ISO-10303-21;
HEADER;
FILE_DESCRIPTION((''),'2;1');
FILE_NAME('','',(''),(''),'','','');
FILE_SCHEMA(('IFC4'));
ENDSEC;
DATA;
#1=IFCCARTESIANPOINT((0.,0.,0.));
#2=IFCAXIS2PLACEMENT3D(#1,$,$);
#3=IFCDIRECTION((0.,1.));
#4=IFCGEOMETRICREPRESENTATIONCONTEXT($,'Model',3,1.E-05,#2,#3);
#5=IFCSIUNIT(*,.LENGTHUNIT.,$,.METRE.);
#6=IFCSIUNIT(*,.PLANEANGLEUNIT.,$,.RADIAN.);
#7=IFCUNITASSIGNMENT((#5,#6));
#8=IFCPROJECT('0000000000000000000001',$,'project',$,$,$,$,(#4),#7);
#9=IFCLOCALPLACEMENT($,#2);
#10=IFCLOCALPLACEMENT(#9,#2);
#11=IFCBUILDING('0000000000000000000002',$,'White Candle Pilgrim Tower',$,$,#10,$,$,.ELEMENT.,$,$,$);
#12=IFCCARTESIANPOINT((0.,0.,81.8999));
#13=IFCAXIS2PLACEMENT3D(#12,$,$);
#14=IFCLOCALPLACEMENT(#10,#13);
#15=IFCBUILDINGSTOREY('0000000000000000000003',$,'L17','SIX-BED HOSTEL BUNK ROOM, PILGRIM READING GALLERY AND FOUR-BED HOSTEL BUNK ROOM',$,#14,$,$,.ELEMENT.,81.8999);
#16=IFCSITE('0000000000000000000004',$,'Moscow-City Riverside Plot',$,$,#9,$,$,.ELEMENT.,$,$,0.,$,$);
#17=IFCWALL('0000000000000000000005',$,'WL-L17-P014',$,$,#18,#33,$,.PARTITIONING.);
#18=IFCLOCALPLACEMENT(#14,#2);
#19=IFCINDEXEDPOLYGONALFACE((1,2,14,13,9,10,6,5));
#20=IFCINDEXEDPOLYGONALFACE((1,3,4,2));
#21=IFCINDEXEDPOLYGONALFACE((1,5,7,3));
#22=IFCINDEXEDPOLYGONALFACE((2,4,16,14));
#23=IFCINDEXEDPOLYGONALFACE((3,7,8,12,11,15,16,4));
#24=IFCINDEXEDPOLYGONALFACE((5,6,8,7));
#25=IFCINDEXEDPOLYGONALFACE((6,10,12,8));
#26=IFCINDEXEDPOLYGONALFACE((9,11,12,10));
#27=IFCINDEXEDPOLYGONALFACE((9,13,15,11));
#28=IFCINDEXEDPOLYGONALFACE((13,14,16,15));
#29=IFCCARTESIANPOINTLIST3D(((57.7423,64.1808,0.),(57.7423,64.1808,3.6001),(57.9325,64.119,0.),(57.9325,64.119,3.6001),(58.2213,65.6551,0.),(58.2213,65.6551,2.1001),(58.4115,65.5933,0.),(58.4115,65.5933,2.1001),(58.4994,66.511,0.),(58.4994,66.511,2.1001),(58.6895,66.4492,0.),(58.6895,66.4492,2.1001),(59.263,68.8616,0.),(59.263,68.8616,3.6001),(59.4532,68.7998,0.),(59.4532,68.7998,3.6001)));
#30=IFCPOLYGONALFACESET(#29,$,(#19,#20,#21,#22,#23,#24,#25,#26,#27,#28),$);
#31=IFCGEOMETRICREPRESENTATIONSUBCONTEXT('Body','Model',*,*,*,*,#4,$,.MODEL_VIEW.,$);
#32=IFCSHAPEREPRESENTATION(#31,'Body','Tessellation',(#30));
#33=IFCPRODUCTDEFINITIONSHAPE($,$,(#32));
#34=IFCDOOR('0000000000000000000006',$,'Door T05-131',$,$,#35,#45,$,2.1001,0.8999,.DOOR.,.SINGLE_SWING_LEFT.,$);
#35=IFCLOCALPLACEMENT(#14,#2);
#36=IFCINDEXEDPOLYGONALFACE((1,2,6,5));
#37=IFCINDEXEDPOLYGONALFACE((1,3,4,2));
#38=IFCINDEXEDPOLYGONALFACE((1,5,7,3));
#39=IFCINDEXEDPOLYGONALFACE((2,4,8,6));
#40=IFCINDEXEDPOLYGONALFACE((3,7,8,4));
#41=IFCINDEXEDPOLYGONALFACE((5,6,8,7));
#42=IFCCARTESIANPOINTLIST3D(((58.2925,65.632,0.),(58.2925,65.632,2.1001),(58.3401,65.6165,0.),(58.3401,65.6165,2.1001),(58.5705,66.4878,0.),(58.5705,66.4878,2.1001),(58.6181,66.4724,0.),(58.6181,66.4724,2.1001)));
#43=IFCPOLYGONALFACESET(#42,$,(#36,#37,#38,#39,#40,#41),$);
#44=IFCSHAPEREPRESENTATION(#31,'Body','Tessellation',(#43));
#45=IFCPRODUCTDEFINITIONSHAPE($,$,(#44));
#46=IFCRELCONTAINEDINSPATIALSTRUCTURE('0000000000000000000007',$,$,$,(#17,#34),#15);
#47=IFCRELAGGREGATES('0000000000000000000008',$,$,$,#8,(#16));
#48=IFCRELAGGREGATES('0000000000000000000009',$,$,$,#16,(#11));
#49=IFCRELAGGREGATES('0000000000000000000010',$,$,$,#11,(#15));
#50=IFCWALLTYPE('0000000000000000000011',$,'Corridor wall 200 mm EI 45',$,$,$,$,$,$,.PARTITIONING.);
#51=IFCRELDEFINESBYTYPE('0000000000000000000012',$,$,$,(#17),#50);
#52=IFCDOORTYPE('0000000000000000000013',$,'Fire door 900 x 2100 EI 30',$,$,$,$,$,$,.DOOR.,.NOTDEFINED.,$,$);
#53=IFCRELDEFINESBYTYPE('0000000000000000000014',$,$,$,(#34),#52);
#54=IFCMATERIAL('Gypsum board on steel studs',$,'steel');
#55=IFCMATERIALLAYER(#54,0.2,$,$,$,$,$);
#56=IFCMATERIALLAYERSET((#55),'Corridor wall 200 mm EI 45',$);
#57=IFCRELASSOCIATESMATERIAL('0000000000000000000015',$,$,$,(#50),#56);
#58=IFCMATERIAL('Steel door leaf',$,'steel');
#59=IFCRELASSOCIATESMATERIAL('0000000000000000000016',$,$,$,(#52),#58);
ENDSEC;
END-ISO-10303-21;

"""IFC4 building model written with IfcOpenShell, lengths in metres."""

from ifc_helpers import new_model, si_unit, direction, frame, frame_2d, origin, place, context, subcontext, project, spatial, rectangle, extrude, material, layer, layer_set, type_object, element, fill, save


model = new_model("IFC4")

# Units and contexts
model_context = context("Model", 3, precision=1e-05, world=origin(), true_north=direction((0.0, 1.0)))
body_context = subcontext(model_context, "Body", "Model", "MODEL_VIEW")
ifc_project = project(units=[si_unit("LENGTHUNIT", "METRE"), si_unit("PLANEANGLEUNIT", "RADIAN")], contexts=[model_context])

# Site, building, storey
site_placement = place(None, origin())
site = spatial("IfcSite", under=ifc_project, at=site_placement, Name="Moscow-City Riverside Plot", CompositionType="ELEMENT", RefElevation=0.0)
building_placement = place(site_placement, origin())
building = spatial("IfcBuilding", under=site, at=building_placement, Name="White Candle Pilgrim Tower", CompositionType="ELEMENT")
storey_placement = place(building_placement, frame((0.0, 0.0, 81.8999)))
storey = spatial("IfcBuildingStorey", under=building, at=storey_placement, Name="L17", Description="SIX-BED HOSTEL BUNK ROOM, PILGRIM READING GALLERY AND FOUR-BED HOSTEL BUNK ROOM", CompositionType="ELEMENT", Elevation=81.8999)

# Shared definitions
ifc_material_1 = material(Name="Gypsum board on steel studs", Category="steel")
ifc_layer_1 = layer(ifc_material_1, 0.2)
ifc_layer_set_1 = layer_set([ifc_layer_1], Name="Corridor wall 200 mm EI 45")
wall_type_1 = type_object("IfcWallType", Name="Corridor wall 200 mm EI 45", PredefinedType="PARTITIONING", material=ifc_layer_set_1)
ifc_material_2 = material(Name="Steel door leaf", Category="steel")
door_type_1 = type_object("IfcDoorType", Name="Fire door 900 x 2100 EI 30", OperationType="NOTDEFINED", PredefinedType="DOOR", material=ifc_material_2)

# Wall, opening, door
wall_1_placement = place(storey_placement, frame((59.3582, 68.8308, 0.0), z_axis=(0.0, 0.0, 1.0), x_axis=(-0.308986, -0.951067, 0.0)))
wall_1 = element("IfcWall", 1, at=wall_1_placement, inside=storey, type_object=wall_type_1, Name="WL-L17-P014", PredefinedType="PARTITIONING", context=body_context, shape_type="SweptSolid", body=[
    extrude(rectangle(XDim=4.9216, YDim=0.2, at=frame_2d((2.4609, 0.0))), origin(), (0.0, 0.0, 1.0), 3.6001),
])
opening_1_placement = place(wall_1_placement, frame((2.4717, 0.0, 0.0)))
opening_1 = element("IfcOpeningElement", 2, at=opening_1_placement, cuts=wall_1, PredefinedType="OPENING", context=body_context, shape_type="SweptSolid", body=[
    extrude(rectangle(XDim=0.8999, YDim=2.1001, at=frame_2d((0.45, 1.05))), frame((0.0, 0.1099, 0.0), z_axis=(0.0, -1.0, 0.0), x_axis=(1.0, 0.0, 0.0)), (0.0, 0.0, 1.0), 0.22),
])
door_1_placement = place(opening_1_placement, origin())
door_1 = element("IfcDoor", 3, at=door_1_placement, inside=storey, type_object=door_type_1, Name="Door T05-131", OperationType="SINGLE_SWING_LEFT", OverallHeight=2.1001, OverallWidth=0.8999, PredefinedType="DOOR", context=body_context, shape_type="SweptSolid", body=[
    extrude(rectangle(XDim=0.8999, YDim=2.1001, at=frame_2d((0.45, 1.05))), frame((0.0, 0.0249, 0.0), z_axis=(0.0, -1.0, 0.0), x_axis=(1.0, 0.0, 0.0)), (0.0, 0.0, 1.0), 0.05),
])
fill(opening_1, door_1)

save(model, "model.ifc")
